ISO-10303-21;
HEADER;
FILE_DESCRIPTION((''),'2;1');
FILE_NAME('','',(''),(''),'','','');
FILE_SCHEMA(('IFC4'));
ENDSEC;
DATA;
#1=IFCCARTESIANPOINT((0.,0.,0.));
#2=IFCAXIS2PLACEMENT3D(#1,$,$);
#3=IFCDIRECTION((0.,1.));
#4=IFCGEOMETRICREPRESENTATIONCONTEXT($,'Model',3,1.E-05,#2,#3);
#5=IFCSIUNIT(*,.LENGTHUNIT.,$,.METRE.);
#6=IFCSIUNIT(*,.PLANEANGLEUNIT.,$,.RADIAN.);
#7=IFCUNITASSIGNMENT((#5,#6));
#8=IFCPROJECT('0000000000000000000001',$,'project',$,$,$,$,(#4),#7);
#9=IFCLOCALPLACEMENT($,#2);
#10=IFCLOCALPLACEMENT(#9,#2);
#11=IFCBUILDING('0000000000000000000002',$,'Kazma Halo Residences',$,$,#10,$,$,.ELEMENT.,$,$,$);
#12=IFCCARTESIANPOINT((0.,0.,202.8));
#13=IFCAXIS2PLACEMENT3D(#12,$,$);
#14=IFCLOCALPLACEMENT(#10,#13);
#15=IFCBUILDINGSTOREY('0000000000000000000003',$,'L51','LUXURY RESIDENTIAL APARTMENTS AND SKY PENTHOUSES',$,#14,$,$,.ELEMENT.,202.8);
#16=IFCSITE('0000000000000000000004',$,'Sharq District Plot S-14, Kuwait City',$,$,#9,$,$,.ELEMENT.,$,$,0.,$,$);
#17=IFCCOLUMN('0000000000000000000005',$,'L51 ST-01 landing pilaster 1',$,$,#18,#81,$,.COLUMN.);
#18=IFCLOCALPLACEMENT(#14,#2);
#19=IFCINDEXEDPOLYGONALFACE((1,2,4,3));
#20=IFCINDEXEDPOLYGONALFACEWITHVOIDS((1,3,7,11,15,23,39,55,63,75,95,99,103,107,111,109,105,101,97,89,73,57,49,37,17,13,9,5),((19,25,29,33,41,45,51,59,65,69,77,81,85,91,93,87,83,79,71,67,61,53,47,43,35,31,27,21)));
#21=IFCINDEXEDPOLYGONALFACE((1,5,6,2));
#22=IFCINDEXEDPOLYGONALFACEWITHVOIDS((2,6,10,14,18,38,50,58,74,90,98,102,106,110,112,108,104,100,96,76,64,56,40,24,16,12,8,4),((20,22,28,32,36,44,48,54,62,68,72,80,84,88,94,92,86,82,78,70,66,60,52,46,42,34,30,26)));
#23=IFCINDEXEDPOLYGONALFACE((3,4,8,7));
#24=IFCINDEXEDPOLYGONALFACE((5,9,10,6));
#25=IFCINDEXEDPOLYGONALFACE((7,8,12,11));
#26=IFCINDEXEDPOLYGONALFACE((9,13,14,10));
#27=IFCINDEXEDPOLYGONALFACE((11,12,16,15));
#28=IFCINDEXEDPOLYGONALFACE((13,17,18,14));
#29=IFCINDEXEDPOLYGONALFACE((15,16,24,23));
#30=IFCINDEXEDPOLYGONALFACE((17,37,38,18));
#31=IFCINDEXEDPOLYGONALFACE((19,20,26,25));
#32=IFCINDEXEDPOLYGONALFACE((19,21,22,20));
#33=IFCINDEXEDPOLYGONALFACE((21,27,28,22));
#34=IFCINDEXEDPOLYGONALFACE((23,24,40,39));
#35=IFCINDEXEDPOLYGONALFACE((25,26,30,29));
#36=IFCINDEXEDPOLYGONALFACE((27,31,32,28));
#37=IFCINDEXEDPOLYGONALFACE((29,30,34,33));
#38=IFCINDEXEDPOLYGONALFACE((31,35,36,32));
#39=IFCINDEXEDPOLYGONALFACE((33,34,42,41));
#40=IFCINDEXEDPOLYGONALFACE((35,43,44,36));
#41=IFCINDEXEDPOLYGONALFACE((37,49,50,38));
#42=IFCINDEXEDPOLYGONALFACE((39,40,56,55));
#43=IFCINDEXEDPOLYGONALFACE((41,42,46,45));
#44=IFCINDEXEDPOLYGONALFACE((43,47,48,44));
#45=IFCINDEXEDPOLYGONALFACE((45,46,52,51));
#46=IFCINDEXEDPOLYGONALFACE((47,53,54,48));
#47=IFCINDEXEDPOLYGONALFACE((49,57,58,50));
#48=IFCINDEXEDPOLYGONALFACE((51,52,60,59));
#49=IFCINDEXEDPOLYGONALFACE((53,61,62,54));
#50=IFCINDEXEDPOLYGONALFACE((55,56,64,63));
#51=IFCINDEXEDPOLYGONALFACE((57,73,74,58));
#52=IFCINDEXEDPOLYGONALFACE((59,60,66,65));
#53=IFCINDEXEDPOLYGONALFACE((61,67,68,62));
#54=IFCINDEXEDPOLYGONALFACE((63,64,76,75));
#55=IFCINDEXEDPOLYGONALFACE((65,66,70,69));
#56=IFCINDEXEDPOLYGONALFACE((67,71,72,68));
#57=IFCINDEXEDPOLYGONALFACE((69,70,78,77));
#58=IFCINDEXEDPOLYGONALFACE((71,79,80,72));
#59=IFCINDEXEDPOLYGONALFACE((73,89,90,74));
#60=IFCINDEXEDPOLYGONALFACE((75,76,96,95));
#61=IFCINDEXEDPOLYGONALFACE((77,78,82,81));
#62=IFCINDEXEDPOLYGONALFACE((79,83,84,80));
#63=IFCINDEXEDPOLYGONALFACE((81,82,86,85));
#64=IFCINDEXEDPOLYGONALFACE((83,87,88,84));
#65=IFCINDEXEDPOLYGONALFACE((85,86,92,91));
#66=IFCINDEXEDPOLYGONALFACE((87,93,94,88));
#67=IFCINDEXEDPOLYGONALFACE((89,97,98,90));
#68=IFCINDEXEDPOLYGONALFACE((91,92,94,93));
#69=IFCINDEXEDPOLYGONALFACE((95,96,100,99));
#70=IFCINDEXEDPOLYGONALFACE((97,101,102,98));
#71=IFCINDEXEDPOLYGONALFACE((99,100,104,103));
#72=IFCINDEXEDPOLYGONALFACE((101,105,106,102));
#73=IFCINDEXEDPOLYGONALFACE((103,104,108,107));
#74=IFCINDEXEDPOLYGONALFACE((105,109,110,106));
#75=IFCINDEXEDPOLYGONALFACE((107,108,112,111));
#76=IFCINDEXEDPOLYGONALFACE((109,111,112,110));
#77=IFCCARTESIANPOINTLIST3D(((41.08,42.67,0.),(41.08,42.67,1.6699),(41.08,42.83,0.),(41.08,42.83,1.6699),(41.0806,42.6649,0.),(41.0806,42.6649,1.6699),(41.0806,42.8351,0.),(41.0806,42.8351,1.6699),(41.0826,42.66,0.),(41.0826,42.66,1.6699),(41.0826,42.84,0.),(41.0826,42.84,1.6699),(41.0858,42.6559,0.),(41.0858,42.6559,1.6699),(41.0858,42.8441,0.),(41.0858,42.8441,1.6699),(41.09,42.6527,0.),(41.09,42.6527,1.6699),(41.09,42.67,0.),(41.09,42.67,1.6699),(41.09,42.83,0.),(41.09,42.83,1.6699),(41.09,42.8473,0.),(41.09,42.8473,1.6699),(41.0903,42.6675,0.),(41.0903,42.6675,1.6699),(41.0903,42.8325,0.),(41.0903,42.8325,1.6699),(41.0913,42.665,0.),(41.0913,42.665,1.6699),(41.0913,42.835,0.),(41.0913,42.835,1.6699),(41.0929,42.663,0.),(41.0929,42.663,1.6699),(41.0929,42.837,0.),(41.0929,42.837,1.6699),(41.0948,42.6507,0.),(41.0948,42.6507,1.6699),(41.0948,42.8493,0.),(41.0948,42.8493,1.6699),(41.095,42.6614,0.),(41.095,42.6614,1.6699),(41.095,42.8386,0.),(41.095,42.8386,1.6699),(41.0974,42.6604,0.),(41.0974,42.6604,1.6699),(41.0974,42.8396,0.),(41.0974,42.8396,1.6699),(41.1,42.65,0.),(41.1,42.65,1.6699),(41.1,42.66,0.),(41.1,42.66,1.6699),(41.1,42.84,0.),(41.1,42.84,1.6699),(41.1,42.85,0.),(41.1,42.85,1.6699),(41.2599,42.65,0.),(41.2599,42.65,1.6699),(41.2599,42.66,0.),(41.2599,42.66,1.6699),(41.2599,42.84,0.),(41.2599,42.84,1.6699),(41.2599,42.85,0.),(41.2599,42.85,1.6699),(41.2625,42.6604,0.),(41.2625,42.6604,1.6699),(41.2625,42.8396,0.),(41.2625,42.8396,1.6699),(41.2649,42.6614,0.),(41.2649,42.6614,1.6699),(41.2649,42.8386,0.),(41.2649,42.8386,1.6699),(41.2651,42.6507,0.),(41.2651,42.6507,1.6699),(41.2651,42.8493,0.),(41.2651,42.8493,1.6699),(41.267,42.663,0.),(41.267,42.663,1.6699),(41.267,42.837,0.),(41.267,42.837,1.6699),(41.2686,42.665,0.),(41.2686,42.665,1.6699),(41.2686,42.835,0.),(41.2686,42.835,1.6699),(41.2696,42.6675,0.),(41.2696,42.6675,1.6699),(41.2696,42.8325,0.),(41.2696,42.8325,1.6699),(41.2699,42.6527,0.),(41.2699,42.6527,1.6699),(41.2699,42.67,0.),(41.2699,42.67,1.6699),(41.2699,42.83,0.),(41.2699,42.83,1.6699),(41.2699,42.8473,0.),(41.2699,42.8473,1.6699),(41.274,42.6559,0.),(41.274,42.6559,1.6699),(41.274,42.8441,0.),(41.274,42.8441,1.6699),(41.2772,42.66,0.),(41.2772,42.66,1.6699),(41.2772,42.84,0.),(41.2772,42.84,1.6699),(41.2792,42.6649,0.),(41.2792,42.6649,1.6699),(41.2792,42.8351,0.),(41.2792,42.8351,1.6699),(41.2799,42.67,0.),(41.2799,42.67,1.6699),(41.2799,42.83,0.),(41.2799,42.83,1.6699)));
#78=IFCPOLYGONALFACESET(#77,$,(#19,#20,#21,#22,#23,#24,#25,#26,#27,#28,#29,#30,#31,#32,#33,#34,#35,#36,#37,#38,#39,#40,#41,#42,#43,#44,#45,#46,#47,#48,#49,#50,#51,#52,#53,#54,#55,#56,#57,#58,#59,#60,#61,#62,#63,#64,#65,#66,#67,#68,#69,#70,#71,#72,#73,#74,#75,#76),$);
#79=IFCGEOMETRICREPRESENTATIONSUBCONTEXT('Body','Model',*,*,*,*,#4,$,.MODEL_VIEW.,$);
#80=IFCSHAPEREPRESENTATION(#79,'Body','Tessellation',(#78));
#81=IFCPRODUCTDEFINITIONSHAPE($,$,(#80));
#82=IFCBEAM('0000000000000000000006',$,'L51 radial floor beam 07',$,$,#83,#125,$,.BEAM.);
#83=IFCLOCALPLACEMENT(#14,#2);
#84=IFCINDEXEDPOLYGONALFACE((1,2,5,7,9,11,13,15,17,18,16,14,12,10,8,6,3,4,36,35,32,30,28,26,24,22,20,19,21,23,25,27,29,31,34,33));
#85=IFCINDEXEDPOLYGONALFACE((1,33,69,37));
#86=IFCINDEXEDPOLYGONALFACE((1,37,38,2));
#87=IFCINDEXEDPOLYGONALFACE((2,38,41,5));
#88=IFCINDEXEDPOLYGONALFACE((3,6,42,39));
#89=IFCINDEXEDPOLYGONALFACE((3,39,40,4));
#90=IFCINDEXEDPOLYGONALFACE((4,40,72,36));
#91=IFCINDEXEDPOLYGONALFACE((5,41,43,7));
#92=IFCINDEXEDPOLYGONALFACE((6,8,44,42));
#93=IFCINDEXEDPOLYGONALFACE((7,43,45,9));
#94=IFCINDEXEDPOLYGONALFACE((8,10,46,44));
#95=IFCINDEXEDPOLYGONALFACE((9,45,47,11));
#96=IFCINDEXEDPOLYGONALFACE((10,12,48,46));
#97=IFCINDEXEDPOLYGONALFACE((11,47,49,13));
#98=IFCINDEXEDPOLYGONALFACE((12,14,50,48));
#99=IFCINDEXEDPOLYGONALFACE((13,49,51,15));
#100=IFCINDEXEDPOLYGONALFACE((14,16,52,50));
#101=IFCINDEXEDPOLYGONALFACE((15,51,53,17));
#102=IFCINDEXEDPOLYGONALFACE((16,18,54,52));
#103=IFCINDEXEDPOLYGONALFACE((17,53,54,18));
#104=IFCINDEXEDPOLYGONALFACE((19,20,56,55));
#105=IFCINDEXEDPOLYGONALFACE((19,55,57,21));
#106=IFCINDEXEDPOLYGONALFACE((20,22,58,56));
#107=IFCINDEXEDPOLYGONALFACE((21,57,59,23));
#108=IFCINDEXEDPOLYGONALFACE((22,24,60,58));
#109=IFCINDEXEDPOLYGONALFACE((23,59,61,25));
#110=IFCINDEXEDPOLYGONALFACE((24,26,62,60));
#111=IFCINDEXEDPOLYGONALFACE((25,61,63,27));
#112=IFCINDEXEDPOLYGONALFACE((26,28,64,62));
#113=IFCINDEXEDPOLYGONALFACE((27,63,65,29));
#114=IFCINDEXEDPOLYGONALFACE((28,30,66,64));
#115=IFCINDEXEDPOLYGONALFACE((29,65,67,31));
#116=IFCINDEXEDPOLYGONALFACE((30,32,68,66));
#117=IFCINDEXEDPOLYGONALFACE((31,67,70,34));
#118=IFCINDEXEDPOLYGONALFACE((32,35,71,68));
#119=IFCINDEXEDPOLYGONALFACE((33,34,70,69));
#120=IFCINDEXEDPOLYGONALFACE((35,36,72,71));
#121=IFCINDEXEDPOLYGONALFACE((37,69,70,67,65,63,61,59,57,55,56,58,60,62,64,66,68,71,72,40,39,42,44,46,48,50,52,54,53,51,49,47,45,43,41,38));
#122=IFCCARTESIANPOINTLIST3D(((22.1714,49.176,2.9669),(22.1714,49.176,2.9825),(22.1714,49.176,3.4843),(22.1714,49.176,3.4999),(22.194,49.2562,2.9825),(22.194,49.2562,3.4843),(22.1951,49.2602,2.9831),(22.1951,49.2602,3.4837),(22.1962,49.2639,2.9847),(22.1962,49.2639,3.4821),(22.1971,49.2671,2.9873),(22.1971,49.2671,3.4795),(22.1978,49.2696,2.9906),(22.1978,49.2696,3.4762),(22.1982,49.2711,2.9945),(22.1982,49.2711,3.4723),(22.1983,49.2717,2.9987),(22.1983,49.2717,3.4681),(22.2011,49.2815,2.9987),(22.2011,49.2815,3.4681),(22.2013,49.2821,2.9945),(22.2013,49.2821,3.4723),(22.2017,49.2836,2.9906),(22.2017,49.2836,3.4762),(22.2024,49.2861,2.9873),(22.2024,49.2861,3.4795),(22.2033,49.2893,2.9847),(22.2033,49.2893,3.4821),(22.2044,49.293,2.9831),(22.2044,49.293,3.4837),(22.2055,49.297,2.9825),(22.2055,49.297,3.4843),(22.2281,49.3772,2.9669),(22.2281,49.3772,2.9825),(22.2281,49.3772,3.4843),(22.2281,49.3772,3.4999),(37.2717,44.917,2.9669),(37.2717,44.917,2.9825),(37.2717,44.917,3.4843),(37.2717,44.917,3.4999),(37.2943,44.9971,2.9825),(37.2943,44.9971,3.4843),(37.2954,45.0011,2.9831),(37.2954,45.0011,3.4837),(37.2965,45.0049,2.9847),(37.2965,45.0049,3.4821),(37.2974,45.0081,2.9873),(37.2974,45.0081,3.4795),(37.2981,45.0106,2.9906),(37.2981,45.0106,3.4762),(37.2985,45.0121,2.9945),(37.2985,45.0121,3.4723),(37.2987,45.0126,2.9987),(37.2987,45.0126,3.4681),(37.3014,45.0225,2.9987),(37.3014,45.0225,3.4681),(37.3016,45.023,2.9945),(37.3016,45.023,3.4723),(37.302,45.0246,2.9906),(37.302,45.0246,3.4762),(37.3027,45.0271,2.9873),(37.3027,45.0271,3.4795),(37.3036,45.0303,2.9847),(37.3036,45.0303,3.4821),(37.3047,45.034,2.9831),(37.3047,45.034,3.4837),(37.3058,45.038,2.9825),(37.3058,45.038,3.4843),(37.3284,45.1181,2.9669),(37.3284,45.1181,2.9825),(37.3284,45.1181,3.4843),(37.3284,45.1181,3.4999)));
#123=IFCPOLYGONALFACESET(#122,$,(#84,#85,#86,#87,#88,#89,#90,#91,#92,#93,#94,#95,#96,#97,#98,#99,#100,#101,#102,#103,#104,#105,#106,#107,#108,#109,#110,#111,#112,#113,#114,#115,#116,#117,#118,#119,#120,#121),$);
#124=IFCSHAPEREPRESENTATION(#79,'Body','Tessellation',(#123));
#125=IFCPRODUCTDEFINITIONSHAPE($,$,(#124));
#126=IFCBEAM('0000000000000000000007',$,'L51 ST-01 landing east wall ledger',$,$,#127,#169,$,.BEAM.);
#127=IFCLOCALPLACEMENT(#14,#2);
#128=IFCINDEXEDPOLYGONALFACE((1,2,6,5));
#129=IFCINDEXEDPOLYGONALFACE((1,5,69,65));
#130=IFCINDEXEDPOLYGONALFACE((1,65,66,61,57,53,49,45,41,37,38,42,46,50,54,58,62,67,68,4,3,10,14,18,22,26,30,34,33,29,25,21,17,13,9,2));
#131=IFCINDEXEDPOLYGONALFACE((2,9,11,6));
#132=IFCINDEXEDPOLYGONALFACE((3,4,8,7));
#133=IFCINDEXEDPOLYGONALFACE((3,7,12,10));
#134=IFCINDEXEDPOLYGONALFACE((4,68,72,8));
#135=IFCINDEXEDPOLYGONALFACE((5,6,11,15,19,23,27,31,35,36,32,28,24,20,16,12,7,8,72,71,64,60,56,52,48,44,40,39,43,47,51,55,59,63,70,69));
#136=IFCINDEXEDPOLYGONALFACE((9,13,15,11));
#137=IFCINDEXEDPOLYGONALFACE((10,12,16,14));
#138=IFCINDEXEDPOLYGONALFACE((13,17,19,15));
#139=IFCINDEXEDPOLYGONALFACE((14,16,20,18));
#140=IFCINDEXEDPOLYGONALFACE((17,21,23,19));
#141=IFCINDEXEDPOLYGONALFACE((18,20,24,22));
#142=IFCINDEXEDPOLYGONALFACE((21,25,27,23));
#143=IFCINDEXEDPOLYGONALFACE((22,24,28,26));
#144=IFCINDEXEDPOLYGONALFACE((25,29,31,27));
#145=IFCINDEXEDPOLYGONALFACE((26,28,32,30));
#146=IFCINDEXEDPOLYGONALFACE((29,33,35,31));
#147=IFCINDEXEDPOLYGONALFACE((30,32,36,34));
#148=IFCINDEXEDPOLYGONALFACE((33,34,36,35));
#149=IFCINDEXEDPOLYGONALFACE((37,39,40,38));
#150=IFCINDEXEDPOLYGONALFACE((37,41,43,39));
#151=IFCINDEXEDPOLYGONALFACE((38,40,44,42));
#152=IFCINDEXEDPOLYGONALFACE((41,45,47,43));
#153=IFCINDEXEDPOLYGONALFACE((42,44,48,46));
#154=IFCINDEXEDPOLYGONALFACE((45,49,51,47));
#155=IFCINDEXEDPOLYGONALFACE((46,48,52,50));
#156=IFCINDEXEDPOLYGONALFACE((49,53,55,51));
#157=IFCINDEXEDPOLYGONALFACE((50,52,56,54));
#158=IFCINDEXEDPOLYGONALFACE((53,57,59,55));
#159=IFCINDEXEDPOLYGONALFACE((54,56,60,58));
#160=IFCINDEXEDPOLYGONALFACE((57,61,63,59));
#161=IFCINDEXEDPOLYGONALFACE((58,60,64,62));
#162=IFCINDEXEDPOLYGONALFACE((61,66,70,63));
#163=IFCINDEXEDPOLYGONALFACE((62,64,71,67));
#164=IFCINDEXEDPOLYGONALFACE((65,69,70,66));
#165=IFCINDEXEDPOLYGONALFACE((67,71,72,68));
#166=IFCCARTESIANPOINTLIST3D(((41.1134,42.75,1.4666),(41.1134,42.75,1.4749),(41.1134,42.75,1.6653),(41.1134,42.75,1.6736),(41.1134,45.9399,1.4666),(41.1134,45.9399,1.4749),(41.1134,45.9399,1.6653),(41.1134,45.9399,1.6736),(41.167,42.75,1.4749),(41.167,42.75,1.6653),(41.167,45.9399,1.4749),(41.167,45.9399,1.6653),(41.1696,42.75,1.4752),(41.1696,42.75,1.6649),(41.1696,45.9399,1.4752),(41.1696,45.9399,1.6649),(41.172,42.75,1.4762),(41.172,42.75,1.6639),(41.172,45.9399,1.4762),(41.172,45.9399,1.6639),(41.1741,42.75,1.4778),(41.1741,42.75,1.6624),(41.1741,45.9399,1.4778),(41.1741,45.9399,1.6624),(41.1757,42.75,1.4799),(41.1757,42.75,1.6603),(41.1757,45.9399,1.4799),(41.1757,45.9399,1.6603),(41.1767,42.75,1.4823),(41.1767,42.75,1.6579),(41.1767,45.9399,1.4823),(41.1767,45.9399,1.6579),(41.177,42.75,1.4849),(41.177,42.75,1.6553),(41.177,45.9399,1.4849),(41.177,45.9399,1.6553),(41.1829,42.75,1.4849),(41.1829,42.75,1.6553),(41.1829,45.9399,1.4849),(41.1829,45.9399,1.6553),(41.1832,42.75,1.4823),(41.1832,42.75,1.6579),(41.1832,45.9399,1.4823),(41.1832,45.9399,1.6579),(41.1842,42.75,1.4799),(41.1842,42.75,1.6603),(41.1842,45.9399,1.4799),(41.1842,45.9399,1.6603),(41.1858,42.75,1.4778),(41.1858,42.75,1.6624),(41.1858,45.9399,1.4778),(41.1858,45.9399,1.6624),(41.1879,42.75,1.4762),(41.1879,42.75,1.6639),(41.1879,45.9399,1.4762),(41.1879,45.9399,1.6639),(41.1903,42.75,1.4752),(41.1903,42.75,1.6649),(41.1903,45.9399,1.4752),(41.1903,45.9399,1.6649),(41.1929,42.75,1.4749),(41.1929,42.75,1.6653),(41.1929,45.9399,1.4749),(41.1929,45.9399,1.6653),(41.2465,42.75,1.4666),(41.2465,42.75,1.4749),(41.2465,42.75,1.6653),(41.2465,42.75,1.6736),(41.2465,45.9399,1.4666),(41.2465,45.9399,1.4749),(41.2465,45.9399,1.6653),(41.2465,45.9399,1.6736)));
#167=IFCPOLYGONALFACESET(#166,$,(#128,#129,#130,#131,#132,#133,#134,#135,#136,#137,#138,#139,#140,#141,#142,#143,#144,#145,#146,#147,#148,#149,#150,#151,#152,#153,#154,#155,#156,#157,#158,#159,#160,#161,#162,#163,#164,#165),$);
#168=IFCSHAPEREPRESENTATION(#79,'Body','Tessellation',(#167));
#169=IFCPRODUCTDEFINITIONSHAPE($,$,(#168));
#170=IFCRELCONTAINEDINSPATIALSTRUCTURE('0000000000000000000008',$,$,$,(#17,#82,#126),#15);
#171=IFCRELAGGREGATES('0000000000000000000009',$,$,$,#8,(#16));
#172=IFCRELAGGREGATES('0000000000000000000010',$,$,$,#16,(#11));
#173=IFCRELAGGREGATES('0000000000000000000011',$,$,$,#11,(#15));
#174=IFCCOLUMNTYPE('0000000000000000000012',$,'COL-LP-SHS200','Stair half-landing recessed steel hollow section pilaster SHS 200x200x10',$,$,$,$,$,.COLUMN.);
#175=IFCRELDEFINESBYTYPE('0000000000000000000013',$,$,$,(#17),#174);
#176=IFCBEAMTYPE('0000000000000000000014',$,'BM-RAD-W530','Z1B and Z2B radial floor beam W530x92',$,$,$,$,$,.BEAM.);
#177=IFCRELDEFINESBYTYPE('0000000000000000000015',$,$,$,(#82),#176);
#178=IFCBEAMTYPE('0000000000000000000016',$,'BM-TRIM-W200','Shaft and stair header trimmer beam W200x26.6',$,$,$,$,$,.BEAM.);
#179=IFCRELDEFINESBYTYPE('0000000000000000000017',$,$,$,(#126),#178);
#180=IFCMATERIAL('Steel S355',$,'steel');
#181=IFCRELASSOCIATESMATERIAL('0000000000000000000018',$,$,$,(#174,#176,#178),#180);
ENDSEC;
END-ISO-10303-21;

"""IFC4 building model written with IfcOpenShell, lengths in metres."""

from ifc_helpers import new_model, si_unit, direction, frame, origin, origin_2d, place, context, subcontext, project, spatial, hollow_rectangle, i_section, extrude, material, material_profile, profile_set, type_object, element, save


model = new_model("IFC4")

# Units and contexts
model_context = context("Model", 3, precision=1e-05, world=origin(), true_north=direction((0.0, 1.0)))
body_context = subcontext(model_context, "Body", "Model", "MODEL_VIEW")
ifc_project = project(units=[si_unit("LENGTHUNIT", "METRE"), si_unit("PLANEANGLEUNIT", "RADIAN")], contexts=[model_context])

# Site, building, storey
site_placement = place(None, origin())
site = spatial("IfcSite", under=ifc_project, at=site_placement, Name="Sharq District Plot S-14, Kuwait City", CompositionType="ELEMENT", RefElevation=0.0)
building_placement = place(site_placement, origin())
building = spatial("IfcBuilding", under=site, at=building_placement, Name="Kazma Halo Residences", CompositionType="ELEMENT")
storey_placement = place(building_placement, frame((0.0, 0.0, 202.8)))
storey = spatial("IfcBuildingStorey", under=building, at=storey_placement, Name="L51", Description="LUXURY RESIDENTIAL APARTMENTS AND SKY PENTHOUSES", CompositionType="ELEMENT", Elevation=202.8)

# Column
ifc_material_1 = material(Name="Steel S355", Category="steel")
ifc_material_profile_1 = material_profile(ifc_material_1, hollow_rectangle(XDim=0.2, YDim=0.2, WallThickness=0.01, InnerFilletRadius=0.01, OuterFilletRadius=0.02, at=origin_2d()), Name="SHS200x200x10")
ifc_profile_set_1 = profile_set([ifc_material_profile_1], Name="Steel S355")
column_type = type_object("IfcColumnType", Name="COL-LP-SHS200", Description="Stair half-landing recessed steel hollow section pilaster SHS 200x200x10", PredefinedType="COLUMN", material=ifc_profile_set_1)
column_placement = place(storey_placement, frame((41.1799, 42.75, 0.0), z_axis=(0.0, 0.0, 1.0), x_axis=(1.0, 0.0, 0.0)))
element("IfcColumn", 1, at=column_placement, inside=storey, type_object=column_type, Name="L51 ST-01 landing pilaster 1", PredefinedType="COLUMN", context=body_context, shape_type="SweptSolid", body=[
    extrude(hollow_rectangle(XDim=0.2, YDim=0.2, WallThickness=0.01, InnerFilletRadius=0.01, OuterFilletRadius=0.02, at=origin_2d()), origin(), (0.0, 0.0, 1.0), 1.6699),
])

# Beams
ifc_material_profile_2 = material_profile(ifc_material_1, i_section(OverallWidth=0.209, OverallDepth=0.533, WebThickness=0.0103, FlangeThickness=0.0156, FilletRadius=0.0161, at=origin_2d()), Name="W530x92")
ifc_profile_set_2 = profile_set([ifc_material_profile_2], Name="Steel S355")
beam_type_1 = type_object("IfcBeamType", Name="BM-RAD-W530", Description="Z1B and Z2B radial floor beam W530x92", PredefinedType="BEAM", material=ifc_profile_set_2)
beam_1_placement = place(storey_placement, frame((37.3, 45.0176, 3.2334), z_axis=(-0.96245, 0.271458, 0.0), x_axis=(-0.271458, -0.96245, 0.0)))
element("IfcBeam", 2, at=beam_1_placement, inside=storey, type_object=beam_type_1, Name="L51 radial floor beam 07", PredefinedType="BEAM", context=body_context, shape_type="SweptSolid", body=[
    extrude(i_section(OverallWidth=0.209, OverallDepth=0.533, WebThickness=0.0103, FlangeThickness=0.0156, FilletRadius=0.0161, at=origin_2d()), origin(), (0.0, 0.0, 1.0), 15.6895),
])
ifc_material_profile_3 = material_profile(ifc_material_1, i_section(OverallWidth=0.1331, OverallDepth=0.207, WebThickness=0.0059, FlangeThickness=0.0083, FilletRadius=0.01, at=origin_2d()), Name="W200x26.6")
ifc_profile_set_3 = profile_set([ifc_material_profile_3], Name="Steel S355")
beam_type_2 = type_object("IfcBeamType", Name="BM-TRIM-W200", Description="Shaft and stair header trimmer beam W200x26.6", PredefinedType="BEAM", material=ifc_profile_set_3)
beam_2_placement = place(storey_placement, frame((41.1799, 42.75, 1.5701), z_axis=(0.0, 1.0, 0.0), x_axis=(-1.0, 0.0, 0.0)))
element("IfcBeam", 3, at=beam_2_placement, inside=storey, type_object=beam_type_2, Name="L51 ST-01 landing east wall ledger", PredefinedType="BEAM", context=body_context, shape_type="SweptSolid", body=[
    extrude(i_section(OverallWidth=0.1331, OverallDepth=0.207, WebThickness=0.0059, FlangeThickness=0.0083, FilletRadius=0.01, at=origin_2d()), origin(), (0.0, 0.0, 1.0), 3.1899),
])

save(model, "model.ifc")
